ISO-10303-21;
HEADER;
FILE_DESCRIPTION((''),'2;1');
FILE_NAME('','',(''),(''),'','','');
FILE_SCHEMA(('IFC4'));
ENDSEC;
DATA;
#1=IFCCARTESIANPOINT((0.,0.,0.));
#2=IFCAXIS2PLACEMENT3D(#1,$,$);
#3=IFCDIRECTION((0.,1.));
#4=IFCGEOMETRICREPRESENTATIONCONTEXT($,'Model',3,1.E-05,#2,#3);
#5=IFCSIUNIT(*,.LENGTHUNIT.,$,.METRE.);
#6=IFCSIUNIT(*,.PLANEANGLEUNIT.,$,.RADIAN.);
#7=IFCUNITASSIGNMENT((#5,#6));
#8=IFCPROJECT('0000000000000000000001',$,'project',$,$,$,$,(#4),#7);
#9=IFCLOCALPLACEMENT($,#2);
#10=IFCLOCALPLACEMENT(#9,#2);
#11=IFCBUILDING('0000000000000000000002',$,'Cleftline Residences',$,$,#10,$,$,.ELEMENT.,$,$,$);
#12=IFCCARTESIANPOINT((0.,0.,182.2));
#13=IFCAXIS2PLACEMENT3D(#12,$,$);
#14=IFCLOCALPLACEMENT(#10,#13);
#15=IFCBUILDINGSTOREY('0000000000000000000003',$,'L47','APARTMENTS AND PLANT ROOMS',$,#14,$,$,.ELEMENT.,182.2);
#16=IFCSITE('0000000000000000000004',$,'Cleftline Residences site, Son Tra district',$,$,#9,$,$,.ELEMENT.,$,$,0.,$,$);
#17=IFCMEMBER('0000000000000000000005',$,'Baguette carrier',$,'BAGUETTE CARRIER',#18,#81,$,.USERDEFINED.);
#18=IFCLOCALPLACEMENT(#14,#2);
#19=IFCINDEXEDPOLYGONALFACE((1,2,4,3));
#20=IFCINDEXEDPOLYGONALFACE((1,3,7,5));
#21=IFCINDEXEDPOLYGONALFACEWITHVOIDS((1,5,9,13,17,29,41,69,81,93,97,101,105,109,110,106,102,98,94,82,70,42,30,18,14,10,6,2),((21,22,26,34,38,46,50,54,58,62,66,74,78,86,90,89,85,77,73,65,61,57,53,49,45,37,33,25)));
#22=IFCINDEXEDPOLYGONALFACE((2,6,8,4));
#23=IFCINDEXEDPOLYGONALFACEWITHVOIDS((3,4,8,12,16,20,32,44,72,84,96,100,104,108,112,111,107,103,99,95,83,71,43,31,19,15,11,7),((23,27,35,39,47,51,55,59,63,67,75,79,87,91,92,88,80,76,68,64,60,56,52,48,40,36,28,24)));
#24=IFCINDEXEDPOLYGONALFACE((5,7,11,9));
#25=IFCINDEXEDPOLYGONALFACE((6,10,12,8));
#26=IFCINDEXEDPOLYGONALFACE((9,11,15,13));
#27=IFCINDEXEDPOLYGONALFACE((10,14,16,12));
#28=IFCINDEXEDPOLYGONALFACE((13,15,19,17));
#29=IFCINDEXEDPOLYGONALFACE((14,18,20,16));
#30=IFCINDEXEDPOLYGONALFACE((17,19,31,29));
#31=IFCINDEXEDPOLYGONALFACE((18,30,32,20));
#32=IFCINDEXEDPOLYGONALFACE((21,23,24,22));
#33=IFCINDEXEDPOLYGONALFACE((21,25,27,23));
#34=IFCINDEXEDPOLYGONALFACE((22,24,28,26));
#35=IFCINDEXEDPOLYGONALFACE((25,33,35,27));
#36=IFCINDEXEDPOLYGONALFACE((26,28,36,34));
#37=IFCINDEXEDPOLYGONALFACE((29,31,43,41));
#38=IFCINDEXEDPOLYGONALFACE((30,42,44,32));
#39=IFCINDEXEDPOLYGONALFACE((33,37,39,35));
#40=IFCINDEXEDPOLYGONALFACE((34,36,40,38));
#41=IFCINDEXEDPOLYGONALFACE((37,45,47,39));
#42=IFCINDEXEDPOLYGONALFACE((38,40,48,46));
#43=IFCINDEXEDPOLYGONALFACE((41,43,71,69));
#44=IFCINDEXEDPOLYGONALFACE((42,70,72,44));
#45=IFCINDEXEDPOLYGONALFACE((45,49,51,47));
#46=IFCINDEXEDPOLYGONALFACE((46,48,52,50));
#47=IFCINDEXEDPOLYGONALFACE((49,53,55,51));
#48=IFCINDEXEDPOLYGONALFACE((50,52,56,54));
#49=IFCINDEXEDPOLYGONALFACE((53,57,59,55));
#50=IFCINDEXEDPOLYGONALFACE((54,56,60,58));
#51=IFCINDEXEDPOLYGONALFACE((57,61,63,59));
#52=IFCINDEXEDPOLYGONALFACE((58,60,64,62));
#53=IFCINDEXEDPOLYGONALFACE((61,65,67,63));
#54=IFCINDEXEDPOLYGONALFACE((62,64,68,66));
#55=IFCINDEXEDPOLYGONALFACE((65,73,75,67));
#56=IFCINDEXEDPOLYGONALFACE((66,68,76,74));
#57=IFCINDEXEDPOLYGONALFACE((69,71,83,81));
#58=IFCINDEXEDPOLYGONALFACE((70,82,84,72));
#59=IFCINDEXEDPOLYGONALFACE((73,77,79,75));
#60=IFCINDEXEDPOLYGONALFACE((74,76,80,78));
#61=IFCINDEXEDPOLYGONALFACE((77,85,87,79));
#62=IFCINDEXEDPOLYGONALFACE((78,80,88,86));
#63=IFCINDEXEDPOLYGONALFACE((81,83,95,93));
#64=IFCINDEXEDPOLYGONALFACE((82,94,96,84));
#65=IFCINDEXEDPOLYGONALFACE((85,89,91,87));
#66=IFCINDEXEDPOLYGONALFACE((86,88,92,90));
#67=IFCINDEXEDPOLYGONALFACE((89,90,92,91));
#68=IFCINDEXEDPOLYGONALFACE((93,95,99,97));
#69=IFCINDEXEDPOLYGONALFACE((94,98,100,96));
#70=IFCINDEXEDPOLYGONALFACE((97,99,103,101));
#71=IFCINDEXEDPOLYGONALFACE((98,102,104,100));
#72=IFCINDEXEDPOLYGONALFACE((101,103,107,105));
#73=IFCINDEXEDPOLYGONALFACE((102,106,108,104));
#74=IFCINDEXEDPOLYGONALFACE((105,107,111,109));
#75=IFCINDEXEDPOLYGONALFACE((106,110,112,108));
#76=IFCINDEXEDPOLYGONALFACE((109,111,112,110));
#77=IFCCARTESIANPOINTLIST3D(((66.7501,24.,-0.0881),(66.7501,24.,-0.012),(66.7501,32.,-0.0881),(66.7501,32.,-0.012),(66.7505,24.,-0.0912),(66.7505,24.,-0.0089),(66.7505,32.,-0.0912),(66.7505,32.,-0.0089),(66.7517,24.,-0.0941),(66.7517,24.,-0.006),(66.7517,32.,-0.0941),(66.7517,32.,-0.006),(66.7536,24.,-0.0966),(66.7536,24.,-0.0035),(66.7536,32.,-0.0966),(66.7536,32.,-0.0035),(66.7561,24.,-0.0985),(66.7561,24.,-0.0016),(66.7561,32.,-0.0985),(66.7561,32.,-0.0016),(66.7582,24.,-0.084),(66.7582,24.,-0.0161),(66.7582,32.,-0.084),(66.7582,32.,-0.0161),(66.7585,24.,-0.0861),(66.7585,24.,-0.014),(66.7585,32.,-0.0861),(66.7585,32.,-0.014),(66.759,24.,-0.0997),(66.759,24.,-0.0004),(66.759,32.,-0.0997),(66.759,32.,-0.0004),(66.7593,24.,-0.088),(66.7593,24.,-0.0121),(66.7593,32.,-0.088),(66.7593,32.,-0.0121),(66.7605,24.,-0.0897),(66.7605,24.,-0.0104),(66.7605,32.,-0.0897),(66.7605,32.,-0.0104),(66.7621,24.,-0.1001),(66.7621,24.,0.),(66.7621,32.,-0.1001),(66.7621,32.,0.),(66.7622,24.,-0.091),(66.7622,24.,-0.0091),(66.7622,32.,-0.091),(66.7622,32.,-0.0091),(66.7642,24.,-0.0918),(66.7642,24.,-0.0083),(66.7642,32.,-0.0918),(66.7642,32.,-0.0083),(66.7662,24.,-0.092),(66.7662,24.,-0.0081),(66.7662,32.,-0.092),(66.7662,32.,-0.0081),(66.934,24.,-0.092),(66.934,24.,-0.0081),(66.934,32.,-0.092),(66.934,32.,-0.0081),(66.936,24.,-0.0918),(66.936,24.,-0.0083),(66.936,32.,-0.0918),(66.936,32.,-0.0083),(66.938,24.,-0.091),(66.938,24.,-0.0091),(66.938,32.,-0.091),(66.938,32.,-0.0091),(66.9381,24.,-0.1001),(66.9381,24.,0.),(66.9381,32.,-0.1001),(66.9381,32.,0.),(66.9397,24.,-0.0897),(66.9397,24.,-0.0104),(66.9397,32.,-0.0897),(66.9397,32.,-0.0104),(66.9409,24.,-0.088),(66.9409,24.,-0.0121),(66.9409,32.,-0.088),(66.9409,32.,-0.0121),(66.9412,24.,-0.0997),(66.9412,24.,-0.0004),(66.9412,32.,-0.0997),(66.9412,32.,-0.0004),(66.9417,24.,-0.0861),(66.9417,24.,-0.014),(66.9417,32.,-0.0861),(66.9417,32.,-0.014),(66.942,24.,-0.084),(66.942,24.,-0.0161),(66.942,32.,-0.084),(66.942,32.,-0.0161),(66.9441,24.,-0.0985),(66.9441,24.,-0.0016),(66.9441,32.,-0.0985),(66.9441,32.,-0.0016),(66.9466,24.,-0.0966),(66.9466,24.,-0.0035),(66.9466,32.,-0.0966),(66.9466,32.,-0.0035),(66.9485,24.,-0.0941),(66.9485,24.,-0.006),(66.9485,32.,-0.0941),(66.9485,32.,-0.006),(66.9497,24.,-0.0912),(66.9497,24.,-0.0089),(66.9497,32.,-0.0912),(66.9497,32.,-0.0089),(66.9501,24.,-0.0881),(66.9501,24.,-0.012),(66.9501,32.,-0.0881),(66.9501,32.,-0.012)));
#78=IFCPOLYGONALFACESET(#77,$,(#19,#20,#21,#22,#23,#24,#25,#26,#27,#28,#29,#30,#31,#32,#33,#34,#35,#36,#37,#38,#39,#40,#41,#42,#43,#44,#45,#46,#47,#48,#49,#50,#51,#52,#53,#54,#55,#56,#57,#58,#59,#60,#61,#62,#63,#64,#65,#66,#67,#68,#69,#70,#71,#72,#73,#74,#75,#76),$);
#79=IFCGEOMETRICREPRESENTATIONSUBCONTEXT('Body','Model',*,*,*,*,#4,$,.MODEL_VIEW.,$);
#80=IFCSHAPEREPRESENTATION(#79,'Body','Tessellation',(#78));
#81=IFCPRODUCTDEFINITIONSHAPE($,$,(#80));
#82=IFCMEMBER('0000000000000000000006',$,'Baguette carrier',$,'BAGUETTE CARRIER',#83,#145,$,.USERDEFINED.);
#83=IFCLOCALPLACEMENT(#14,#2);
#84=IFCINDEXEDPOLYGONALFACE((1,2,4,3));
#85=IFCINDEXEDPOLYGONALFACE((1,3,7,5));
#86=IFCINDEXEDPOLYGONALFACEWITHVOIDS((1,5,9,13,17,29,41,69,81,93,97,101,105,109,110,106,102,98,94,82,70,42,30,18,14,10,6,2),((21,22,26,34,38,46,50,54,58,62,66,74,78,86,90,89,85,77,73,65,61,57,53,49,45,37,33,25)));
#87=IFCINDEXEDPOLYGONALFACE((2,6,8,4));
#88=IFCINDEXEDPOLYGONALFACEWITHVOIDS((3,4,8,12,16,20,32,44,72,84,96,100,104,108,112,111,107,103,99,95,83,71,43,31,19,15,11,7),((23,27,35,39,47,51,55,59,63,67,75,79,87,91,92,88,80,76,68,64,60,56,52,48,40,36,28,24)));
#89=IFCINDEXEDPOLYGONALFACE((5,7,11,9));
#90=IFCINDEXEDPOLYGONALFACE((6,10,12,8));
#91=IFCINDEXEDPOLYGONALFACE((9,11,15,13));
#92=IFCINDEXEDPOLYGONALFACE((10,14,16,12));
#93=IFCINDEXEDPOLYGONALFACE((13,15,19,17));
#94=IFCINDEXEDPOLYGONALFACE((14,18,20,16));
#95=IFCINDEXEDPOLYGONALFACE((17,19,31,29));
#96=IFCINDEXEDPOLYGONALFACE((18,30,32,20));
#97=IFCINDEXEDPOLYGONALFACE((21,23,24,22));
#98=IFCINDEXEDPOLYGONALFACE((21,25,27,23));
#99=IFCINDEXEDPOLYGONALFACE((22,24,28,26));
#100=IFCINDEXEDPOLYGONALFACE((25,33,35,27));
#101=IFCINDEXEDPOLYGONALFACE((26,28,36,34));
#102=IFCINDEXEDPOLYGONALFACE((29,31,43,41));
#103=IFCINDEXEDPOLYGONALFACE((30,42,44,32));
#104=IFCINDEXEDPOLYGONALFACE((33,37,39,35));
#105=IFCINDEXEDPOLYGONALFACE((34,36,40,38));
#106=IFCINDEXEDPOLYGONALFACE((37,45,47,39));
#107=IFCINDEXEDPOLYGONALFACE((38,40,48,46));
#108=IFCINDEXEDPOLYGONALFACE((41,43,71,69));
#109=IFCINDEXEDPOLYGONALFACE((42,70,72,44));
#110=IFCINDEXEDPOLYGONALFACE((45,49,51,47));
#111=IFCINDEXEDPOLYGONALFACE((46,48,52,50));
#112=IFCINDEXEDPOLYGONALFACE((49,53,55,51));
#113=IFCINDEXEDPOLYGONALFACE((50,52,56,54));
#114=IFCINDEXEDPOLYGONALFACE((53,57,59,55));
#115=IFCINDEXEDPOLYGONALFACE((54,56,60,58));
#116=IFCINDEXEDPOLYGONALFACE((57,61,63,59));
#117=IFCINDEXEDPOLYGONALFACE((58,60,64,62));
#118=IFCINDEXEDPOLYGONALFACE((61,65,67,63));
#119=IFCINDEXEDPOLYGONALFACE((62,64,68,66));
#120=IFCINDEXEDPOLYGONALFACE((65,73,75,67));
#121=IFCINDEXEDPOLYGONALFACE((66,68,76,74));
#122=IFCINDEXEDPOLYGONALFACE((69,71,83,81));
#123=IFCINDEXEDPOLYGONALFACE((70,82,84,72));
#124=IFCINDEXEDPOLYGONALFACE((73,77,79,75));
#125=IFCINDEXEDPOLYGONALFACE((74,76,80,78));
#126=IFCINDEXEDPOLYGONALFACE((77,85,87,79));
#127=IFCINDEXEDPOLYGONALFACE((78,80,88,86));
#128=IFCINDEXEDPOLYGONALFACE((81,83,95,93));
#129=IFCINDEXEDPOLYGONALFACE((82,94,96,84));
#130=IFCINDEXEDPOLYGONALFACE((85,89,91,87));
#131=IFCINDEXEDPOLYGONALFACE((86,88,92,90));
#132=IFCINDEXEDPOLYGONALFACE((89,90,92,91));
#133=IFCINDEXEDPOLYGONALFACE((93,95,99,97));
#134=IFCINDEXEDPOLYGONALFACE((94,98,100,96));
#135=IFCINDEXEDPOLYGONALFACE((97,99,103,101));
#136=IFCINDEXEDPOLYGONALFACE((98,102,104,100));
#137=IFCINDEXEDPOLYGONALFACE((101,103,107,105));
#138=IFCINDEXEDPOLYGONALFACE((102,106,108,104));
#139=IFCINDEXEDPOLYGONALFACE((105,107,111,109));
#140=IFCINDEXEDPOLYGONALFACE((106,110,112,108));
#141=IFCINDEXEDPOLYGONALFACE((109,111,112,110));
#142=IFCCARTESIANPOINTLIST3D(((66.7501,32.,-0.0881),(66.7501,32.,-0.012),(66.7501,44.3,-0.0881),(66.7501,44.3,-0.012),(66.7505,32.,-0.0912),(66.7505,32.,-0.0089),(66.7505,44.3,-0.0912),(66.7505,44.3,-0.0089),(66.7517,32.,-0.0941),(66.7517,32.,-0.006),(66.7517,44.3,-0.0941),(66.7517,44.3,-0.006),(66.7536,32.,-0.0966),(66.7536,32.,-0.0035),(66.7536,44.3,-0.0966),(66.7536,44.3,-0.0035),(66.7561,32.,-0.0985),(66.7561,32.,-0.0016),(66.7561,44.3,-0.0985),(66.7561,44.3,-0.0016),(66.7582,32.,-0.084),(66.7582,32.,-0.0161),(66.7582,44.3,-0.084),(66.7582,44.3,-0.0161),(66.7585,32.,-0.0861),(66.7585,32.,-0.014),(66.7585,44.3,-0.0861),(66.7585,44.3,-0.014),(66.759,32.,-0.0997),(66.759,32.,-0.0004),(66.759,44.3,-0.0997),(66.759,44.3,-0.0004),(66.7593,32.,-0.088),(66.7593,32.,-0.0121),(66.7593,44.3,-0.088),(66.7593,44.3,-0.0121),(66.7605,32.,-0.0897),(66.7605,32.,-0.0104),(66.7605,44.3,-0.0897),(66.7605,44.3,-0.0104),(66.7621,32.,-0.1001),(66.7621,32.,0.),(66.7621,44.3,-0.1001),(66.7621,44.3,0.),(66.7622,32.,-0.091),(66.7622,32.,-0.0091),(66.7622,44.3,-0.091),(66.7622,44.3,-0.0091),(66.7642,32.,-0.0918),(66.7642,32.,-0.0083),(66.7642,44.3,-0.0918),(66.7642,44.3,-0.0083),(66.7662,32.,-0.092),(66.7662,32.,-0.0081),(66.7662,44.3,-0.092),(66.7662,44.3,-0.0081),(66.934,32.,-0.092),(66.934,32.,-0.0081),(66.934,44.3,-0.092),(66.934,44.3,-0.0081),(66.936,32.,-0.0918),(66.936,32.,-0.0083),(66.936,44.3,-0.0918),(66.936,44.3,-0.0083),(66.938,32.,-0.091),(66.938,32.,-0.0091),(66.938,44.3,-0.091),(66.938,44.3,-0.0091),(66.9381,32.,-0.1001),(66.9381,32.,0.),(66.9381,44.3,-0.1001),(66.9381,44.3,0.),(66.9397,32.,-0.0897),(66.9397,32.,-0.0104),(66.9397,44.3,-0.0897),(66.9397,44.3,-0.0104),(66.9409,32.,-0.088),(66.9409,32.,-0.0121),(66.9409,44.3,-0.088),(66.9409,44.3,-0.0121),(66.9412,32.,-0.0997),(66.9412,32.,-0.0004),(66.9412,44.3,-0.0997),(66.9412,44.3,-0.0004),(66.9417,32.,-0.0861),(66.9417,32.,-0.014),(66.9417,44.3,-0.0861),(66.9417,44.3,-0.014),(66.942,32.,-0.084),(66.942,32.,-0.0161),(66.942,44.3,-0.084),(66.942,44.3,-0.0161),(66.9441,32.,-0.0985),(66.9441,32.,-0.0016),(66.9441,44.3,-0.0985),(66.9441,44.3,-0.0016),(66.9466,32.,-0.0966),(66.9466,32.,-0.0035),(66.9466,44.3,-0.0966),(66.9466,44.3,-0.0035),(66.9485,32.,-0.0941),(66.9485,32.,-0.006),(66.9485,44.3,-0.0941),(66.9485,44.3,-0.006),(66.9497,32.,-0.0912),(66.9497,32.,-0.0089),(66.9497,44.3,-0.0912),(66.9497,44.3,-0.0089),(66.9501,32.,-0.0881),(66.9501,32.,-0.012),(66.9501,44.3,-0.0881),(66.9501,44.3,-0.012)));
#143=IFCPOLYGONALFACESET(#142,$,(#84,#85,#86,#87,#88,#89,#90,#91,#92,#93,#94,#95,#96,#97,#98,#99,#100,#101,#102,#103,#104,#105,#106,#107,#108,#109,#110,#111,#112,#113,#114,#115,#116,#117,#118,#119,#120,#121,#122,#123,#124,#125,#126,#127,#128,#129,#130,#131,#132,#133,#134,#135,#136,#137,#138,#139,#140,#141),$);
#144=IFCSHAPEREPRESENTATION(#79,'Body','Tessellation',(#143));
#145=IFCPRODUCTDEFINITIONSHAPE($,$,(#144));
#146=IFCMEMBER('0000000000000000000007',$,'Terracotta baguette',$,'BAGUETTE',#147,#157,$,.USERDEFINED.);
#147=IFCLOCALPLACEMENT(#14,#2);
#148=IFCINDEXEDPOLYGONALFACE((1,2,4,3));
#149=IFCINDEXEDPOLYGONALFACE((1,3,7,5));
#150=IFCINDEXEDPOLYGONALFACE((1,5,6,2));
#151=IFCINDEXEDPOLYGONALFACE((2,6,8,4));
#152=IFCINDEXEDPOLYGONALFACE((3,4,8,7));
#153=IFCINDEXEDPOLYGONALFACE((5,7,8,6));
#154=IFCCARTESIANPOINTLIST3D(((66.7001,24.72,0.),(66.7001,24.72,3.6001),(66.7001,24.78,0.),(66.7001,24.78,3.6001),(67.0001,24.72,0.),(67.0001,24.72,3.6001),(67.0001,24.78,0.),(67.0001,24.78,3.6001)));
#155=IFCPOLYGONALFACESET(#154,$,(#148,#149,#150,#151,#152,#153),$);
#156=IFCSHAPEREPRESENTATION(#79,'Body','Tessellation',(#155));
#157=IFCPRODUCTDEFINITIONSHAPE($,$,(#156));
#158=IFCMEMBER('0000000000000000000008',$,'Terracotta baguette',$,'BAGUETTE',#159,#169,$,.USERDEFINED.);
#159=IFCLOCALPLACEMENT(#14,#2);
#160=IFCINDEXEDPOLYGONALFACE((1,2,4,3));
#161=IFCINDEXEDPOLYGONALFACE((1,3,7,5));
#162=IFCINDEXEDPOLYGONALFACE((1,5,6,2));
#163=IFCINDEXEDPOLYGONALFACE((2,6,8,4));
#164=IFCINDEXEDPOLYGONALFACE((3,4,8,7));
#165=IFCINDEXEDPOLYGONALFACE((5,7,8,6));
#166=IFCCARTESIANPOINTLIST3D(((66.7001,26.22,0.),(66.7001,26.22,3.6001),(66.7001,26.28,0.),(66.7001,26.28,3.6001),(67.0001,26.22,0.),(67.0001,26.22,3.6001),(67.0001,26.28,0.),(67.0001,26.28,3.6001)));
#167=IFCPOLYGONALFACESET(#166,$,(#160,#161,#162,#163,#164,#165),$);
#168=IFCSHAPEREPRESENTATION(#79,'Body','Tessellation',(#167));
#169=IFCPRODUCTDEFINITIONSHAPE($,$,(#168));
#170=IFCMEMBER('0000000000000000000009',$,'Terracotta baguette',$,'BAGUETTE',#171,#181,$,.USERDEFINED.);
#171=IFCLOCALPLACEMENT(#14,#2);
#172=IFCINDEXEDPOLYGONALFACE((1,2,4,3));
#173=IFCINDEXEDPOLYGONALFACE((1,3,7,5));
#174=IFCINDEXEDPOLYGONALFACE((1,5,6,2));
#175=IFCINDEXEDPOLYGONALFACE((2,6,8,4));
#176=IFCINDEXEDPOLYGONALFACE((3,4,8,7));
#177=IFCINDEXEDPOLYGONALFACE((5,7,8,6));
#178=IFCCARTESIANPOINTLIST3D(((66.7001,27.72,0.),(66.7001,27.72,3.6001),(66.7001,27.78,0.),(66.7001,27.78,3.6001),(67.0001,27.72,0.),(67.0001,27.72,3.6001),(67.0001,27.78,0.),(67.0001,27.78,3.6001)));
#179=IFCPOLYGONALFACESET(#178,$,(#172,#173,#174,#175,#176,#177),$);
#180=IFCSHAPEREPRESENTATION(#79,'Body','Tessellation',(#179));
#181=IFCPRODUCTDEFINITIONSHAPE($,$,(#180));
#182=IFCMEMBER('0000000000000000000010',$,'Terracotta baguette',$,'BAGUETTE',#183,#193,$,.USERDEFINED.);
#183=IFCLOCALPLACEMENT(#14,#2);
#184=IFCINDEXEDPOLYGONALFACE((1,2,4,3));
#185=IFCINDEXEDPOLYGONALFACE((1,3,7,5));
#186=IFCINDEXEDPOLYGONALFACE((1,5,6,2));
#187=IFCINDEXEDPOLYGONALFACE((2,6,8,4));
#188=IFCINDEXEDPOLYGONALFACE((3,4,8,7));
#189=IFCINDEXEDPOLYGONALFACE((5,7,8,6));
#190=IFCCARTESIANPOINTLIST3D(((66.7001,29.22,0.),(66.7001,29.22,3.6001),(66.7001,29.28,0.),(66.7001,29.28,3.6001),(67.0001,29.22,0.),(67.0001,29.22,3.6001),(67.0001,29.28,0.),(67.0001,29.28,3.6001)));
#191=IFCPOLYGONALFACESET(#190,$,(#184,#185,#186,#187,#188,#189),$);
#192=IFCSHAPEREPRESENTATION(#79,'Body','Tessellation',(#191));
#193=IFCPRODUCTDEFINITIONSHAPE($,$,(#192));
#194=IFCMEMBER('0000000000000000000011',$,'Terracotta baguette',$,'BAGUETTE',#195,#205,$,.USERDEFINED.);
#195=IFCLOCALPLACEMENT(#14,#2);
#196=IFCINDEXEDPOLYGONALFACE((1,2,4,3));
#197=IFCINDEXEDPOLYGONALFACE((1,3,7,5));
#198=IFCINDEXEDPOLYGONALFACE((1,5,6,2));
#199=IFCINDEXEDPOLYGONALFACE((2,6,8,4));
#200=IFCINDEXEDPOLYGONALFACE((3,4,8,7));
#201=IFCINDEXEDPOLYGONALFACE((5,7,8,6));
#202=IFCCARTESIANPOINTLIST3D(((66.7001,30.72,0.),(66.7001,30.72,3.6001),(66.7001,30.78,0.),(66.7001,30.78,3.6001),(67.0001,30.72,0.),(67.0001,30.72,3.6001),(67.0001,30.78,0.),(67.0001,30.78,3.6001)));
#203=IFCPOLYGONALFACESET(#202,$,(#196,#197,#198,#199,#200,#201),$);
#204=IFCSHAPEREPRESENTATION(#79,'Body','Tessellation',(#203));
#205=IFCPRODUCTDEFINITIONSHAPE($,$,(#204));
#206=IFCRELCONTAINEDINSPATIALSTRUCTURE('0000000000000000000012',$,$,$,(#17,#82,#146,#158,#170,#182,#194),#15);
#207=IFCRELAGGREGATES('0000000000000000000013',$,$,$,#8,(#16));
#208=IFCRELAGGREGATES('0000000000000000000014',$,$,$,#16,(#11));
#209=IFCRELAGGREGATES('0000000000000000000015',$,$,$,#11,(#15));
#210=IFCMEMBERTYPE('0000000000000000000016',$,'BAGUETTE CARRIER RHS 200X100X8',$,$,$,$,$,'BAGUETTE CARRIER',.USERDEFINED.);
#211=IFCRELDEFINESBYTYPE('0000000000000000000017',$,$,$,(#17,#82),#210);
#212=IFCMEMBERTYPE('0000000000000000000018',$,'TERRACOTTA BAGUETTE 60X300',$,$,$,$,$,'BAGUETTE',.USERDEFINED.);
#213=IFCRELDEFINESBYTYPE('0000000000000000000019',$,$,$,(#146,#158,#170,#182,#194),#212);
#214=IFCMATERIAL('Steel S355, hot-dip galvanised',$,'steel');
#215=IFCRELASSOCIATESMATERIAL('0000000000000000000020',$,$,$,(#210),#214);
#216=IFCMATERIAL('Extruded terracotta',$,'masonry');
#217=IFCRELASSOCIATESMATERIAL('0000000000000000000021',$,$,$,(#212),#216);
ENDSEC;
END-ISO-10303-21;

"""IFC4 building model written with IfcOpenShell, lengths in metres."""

from ifc_helpers import new_model, si_unit, direction, frame, origin, origin_2d, place, context, subcontext, project, spatial, rectangle, hollow_rectangle, extrude, material, material_profile, profile_set, type_object, element, save


model = new_model("IFC4")

# Units and contexts
model_context = context("Model", 3, precision=1e-05, world=origin(), true_north=direction((0.0, 1.0)))
body_context = subcontext(model_context, "Body", "Model", "MODEL_VIEW")
ifc_project = project(units=[si_unit("LENGTHUNIT", "METRE"), si_unit("PLANEANGLEUNIT", "RADIAN")], contexts=[model_context])

# Site, building, storey
site_placement = place(None, origin())
site = spatial("IfcSite", under=ifc_project, at=site_placement, Name="Cleftline Residences site, Son Tra district", CompositionType="ELEMENT", RefElevation=0.0)
building_placement = place(site_placement, origin())
building = spatial("IfcBuilding", under=site, at=building_placement, Name="Cleftline Residences", CompositionType="ELEMENT")
storey_placement = place(building_placement, frame((0.0, 0.0, 182.2)))
storey = spatial("IfcBuildingStorey", under=building, at=storey_placement, Name="L47", Description="APARTMENTS AND PLANT ROOMS", CompositionType="ELEMENT", Elevation=182.2)

# Members
ifc_material_1 = material(Name="Steel S355, hot-dip galvanised", Category="steel")
ifc_material_profile_1 = material_profile(ifc_material_1, hollow_rectangle(XDim=0.1001, YDim=0.2, WallThickness=0.0081, InnerFilletRadius=0.0081, OuterFilletRadius=0.012, at=origin_2d()))
ifc_profile_set_1 = profile_set([ifc_material_profile_1], Name="Steel S355, hot-dip galvanised")
member_type_1 = type_object("IfcMemberType", Name="BAGUETTE CARRIER RHS 200X100X8", ElementType="BAGUETTE CARRIER", PredefinedType="USERDEFINED", material=ifc_profile_set_1)
member_1_placement = place(storey_placement, frame((66.8501, 24.0, -0.05), z_axis=(0.0, 1.0, 0.0), x_axis=(0.0, 0.0, 1.0)))
element("IfcMember", 1, at=member_1_placement, inside=storey, type_object=member_type_1, Name="Baguette carrier", ObjectType="BAGUETTE CARRIER", PredefinedType="USERDEFINED", context=body_context, shape_type="SweptSolid", body=[
    extrude(hollow_rectangle(XDim=0.1001, YDim=0.2, WallThickness=0.0081, InnerFilletRadius=0.0081, OuterFilletRadius=0.012, at=origin_2d()), origin(), (0.0, 0.0, 1.0), 8.0),
])
member_2_placement = place(storey_placement, frame((66.8501, 32.0, -0.05), z_axis=(0.0, 1.0, 0.0), x_axis=(0.0, 0.0, 1.0)))
element("IfcMember", 2, at=member_2_placement, inside=storey, type_object=member_type_1, Name="Baguette carrier", ObjectType="BAGUETTE CARRIER", PredefinedType="USERDEFINED", context=body_context, shape_type="SweptSolid", body=[
    extrude(hollow_rectangle(XDim=0.1001, YDim=0.2, WallThickness=0.0081, InnerFilletRadius=0.0081, OuterFilletRadius=0.012, at=origin_2d()), origin(), (0.0, 0.0, 1.0), 12.3),
])
ifc_material_2 = material(Name="Extruded terracotta", Category="masonry")
ifc_material_profile_2 = material_profile(ifc_material_2, rectangle(XDim=0.0601, YDim=0.3, at=origin_2d()))
ifc_profile_set_2 = profile_set([ifc_material_profile_2], Name="Extruded terracotta")
member_type_2 = type_object("IfcMemberType", Name="TERRACOTTA BAGUETTE 60X300", ElementType="BAGUETTE", PredefinedType="USERDEFINED", material=ifc_profile_set_2)
for number, where, z_axis, x_axis, name in (
    (3, (66.8501, 24.75, 0.0), (0.0, 0.0, 1.0), (0.0, 1.0, 0.0), "Terracotta baguette"),
    (4, (66.8501, 26.25, 0.0), (0.0, 0.0, 1.0), (0.0, 1.0, 0.0), "Terracotta baguette"),
    (5, (66.8501, 27.75, 0.0), (0.0, 0.0, 1.0), (0.0, 1.0, 0.0), "Terracotta baguette"),
    (6, (66.8501, 29.25, 0.0), (0.0, 0.0, 1.0), (0.0, 1.0, 0.0), "Terracotta baguette"),
    (7, (66.8501, 30.75, 0.0), (0.0, 0.0, 1.0), (0.0, 1.0, 0.0), "Terracotta baguette"),
):
    element("IfcMember", number, at=place(storey_placement, frame(where, z_axis=z_axis, x_axis=x_axis)), inside=storey, type_object=member_type_2, Name=name, ObjectType="BAGUETTE", PredefinedType="USERDEFINED", context=body_context, shape_type="SweptSolid", body=[
        extrude(rectangle(XDim=0.0601, YDim=0.3, at=origin_2d()), origin(), (0.0, 0.0, 1.0), 3.6001),
    ])

save(model, "model.ifc")
